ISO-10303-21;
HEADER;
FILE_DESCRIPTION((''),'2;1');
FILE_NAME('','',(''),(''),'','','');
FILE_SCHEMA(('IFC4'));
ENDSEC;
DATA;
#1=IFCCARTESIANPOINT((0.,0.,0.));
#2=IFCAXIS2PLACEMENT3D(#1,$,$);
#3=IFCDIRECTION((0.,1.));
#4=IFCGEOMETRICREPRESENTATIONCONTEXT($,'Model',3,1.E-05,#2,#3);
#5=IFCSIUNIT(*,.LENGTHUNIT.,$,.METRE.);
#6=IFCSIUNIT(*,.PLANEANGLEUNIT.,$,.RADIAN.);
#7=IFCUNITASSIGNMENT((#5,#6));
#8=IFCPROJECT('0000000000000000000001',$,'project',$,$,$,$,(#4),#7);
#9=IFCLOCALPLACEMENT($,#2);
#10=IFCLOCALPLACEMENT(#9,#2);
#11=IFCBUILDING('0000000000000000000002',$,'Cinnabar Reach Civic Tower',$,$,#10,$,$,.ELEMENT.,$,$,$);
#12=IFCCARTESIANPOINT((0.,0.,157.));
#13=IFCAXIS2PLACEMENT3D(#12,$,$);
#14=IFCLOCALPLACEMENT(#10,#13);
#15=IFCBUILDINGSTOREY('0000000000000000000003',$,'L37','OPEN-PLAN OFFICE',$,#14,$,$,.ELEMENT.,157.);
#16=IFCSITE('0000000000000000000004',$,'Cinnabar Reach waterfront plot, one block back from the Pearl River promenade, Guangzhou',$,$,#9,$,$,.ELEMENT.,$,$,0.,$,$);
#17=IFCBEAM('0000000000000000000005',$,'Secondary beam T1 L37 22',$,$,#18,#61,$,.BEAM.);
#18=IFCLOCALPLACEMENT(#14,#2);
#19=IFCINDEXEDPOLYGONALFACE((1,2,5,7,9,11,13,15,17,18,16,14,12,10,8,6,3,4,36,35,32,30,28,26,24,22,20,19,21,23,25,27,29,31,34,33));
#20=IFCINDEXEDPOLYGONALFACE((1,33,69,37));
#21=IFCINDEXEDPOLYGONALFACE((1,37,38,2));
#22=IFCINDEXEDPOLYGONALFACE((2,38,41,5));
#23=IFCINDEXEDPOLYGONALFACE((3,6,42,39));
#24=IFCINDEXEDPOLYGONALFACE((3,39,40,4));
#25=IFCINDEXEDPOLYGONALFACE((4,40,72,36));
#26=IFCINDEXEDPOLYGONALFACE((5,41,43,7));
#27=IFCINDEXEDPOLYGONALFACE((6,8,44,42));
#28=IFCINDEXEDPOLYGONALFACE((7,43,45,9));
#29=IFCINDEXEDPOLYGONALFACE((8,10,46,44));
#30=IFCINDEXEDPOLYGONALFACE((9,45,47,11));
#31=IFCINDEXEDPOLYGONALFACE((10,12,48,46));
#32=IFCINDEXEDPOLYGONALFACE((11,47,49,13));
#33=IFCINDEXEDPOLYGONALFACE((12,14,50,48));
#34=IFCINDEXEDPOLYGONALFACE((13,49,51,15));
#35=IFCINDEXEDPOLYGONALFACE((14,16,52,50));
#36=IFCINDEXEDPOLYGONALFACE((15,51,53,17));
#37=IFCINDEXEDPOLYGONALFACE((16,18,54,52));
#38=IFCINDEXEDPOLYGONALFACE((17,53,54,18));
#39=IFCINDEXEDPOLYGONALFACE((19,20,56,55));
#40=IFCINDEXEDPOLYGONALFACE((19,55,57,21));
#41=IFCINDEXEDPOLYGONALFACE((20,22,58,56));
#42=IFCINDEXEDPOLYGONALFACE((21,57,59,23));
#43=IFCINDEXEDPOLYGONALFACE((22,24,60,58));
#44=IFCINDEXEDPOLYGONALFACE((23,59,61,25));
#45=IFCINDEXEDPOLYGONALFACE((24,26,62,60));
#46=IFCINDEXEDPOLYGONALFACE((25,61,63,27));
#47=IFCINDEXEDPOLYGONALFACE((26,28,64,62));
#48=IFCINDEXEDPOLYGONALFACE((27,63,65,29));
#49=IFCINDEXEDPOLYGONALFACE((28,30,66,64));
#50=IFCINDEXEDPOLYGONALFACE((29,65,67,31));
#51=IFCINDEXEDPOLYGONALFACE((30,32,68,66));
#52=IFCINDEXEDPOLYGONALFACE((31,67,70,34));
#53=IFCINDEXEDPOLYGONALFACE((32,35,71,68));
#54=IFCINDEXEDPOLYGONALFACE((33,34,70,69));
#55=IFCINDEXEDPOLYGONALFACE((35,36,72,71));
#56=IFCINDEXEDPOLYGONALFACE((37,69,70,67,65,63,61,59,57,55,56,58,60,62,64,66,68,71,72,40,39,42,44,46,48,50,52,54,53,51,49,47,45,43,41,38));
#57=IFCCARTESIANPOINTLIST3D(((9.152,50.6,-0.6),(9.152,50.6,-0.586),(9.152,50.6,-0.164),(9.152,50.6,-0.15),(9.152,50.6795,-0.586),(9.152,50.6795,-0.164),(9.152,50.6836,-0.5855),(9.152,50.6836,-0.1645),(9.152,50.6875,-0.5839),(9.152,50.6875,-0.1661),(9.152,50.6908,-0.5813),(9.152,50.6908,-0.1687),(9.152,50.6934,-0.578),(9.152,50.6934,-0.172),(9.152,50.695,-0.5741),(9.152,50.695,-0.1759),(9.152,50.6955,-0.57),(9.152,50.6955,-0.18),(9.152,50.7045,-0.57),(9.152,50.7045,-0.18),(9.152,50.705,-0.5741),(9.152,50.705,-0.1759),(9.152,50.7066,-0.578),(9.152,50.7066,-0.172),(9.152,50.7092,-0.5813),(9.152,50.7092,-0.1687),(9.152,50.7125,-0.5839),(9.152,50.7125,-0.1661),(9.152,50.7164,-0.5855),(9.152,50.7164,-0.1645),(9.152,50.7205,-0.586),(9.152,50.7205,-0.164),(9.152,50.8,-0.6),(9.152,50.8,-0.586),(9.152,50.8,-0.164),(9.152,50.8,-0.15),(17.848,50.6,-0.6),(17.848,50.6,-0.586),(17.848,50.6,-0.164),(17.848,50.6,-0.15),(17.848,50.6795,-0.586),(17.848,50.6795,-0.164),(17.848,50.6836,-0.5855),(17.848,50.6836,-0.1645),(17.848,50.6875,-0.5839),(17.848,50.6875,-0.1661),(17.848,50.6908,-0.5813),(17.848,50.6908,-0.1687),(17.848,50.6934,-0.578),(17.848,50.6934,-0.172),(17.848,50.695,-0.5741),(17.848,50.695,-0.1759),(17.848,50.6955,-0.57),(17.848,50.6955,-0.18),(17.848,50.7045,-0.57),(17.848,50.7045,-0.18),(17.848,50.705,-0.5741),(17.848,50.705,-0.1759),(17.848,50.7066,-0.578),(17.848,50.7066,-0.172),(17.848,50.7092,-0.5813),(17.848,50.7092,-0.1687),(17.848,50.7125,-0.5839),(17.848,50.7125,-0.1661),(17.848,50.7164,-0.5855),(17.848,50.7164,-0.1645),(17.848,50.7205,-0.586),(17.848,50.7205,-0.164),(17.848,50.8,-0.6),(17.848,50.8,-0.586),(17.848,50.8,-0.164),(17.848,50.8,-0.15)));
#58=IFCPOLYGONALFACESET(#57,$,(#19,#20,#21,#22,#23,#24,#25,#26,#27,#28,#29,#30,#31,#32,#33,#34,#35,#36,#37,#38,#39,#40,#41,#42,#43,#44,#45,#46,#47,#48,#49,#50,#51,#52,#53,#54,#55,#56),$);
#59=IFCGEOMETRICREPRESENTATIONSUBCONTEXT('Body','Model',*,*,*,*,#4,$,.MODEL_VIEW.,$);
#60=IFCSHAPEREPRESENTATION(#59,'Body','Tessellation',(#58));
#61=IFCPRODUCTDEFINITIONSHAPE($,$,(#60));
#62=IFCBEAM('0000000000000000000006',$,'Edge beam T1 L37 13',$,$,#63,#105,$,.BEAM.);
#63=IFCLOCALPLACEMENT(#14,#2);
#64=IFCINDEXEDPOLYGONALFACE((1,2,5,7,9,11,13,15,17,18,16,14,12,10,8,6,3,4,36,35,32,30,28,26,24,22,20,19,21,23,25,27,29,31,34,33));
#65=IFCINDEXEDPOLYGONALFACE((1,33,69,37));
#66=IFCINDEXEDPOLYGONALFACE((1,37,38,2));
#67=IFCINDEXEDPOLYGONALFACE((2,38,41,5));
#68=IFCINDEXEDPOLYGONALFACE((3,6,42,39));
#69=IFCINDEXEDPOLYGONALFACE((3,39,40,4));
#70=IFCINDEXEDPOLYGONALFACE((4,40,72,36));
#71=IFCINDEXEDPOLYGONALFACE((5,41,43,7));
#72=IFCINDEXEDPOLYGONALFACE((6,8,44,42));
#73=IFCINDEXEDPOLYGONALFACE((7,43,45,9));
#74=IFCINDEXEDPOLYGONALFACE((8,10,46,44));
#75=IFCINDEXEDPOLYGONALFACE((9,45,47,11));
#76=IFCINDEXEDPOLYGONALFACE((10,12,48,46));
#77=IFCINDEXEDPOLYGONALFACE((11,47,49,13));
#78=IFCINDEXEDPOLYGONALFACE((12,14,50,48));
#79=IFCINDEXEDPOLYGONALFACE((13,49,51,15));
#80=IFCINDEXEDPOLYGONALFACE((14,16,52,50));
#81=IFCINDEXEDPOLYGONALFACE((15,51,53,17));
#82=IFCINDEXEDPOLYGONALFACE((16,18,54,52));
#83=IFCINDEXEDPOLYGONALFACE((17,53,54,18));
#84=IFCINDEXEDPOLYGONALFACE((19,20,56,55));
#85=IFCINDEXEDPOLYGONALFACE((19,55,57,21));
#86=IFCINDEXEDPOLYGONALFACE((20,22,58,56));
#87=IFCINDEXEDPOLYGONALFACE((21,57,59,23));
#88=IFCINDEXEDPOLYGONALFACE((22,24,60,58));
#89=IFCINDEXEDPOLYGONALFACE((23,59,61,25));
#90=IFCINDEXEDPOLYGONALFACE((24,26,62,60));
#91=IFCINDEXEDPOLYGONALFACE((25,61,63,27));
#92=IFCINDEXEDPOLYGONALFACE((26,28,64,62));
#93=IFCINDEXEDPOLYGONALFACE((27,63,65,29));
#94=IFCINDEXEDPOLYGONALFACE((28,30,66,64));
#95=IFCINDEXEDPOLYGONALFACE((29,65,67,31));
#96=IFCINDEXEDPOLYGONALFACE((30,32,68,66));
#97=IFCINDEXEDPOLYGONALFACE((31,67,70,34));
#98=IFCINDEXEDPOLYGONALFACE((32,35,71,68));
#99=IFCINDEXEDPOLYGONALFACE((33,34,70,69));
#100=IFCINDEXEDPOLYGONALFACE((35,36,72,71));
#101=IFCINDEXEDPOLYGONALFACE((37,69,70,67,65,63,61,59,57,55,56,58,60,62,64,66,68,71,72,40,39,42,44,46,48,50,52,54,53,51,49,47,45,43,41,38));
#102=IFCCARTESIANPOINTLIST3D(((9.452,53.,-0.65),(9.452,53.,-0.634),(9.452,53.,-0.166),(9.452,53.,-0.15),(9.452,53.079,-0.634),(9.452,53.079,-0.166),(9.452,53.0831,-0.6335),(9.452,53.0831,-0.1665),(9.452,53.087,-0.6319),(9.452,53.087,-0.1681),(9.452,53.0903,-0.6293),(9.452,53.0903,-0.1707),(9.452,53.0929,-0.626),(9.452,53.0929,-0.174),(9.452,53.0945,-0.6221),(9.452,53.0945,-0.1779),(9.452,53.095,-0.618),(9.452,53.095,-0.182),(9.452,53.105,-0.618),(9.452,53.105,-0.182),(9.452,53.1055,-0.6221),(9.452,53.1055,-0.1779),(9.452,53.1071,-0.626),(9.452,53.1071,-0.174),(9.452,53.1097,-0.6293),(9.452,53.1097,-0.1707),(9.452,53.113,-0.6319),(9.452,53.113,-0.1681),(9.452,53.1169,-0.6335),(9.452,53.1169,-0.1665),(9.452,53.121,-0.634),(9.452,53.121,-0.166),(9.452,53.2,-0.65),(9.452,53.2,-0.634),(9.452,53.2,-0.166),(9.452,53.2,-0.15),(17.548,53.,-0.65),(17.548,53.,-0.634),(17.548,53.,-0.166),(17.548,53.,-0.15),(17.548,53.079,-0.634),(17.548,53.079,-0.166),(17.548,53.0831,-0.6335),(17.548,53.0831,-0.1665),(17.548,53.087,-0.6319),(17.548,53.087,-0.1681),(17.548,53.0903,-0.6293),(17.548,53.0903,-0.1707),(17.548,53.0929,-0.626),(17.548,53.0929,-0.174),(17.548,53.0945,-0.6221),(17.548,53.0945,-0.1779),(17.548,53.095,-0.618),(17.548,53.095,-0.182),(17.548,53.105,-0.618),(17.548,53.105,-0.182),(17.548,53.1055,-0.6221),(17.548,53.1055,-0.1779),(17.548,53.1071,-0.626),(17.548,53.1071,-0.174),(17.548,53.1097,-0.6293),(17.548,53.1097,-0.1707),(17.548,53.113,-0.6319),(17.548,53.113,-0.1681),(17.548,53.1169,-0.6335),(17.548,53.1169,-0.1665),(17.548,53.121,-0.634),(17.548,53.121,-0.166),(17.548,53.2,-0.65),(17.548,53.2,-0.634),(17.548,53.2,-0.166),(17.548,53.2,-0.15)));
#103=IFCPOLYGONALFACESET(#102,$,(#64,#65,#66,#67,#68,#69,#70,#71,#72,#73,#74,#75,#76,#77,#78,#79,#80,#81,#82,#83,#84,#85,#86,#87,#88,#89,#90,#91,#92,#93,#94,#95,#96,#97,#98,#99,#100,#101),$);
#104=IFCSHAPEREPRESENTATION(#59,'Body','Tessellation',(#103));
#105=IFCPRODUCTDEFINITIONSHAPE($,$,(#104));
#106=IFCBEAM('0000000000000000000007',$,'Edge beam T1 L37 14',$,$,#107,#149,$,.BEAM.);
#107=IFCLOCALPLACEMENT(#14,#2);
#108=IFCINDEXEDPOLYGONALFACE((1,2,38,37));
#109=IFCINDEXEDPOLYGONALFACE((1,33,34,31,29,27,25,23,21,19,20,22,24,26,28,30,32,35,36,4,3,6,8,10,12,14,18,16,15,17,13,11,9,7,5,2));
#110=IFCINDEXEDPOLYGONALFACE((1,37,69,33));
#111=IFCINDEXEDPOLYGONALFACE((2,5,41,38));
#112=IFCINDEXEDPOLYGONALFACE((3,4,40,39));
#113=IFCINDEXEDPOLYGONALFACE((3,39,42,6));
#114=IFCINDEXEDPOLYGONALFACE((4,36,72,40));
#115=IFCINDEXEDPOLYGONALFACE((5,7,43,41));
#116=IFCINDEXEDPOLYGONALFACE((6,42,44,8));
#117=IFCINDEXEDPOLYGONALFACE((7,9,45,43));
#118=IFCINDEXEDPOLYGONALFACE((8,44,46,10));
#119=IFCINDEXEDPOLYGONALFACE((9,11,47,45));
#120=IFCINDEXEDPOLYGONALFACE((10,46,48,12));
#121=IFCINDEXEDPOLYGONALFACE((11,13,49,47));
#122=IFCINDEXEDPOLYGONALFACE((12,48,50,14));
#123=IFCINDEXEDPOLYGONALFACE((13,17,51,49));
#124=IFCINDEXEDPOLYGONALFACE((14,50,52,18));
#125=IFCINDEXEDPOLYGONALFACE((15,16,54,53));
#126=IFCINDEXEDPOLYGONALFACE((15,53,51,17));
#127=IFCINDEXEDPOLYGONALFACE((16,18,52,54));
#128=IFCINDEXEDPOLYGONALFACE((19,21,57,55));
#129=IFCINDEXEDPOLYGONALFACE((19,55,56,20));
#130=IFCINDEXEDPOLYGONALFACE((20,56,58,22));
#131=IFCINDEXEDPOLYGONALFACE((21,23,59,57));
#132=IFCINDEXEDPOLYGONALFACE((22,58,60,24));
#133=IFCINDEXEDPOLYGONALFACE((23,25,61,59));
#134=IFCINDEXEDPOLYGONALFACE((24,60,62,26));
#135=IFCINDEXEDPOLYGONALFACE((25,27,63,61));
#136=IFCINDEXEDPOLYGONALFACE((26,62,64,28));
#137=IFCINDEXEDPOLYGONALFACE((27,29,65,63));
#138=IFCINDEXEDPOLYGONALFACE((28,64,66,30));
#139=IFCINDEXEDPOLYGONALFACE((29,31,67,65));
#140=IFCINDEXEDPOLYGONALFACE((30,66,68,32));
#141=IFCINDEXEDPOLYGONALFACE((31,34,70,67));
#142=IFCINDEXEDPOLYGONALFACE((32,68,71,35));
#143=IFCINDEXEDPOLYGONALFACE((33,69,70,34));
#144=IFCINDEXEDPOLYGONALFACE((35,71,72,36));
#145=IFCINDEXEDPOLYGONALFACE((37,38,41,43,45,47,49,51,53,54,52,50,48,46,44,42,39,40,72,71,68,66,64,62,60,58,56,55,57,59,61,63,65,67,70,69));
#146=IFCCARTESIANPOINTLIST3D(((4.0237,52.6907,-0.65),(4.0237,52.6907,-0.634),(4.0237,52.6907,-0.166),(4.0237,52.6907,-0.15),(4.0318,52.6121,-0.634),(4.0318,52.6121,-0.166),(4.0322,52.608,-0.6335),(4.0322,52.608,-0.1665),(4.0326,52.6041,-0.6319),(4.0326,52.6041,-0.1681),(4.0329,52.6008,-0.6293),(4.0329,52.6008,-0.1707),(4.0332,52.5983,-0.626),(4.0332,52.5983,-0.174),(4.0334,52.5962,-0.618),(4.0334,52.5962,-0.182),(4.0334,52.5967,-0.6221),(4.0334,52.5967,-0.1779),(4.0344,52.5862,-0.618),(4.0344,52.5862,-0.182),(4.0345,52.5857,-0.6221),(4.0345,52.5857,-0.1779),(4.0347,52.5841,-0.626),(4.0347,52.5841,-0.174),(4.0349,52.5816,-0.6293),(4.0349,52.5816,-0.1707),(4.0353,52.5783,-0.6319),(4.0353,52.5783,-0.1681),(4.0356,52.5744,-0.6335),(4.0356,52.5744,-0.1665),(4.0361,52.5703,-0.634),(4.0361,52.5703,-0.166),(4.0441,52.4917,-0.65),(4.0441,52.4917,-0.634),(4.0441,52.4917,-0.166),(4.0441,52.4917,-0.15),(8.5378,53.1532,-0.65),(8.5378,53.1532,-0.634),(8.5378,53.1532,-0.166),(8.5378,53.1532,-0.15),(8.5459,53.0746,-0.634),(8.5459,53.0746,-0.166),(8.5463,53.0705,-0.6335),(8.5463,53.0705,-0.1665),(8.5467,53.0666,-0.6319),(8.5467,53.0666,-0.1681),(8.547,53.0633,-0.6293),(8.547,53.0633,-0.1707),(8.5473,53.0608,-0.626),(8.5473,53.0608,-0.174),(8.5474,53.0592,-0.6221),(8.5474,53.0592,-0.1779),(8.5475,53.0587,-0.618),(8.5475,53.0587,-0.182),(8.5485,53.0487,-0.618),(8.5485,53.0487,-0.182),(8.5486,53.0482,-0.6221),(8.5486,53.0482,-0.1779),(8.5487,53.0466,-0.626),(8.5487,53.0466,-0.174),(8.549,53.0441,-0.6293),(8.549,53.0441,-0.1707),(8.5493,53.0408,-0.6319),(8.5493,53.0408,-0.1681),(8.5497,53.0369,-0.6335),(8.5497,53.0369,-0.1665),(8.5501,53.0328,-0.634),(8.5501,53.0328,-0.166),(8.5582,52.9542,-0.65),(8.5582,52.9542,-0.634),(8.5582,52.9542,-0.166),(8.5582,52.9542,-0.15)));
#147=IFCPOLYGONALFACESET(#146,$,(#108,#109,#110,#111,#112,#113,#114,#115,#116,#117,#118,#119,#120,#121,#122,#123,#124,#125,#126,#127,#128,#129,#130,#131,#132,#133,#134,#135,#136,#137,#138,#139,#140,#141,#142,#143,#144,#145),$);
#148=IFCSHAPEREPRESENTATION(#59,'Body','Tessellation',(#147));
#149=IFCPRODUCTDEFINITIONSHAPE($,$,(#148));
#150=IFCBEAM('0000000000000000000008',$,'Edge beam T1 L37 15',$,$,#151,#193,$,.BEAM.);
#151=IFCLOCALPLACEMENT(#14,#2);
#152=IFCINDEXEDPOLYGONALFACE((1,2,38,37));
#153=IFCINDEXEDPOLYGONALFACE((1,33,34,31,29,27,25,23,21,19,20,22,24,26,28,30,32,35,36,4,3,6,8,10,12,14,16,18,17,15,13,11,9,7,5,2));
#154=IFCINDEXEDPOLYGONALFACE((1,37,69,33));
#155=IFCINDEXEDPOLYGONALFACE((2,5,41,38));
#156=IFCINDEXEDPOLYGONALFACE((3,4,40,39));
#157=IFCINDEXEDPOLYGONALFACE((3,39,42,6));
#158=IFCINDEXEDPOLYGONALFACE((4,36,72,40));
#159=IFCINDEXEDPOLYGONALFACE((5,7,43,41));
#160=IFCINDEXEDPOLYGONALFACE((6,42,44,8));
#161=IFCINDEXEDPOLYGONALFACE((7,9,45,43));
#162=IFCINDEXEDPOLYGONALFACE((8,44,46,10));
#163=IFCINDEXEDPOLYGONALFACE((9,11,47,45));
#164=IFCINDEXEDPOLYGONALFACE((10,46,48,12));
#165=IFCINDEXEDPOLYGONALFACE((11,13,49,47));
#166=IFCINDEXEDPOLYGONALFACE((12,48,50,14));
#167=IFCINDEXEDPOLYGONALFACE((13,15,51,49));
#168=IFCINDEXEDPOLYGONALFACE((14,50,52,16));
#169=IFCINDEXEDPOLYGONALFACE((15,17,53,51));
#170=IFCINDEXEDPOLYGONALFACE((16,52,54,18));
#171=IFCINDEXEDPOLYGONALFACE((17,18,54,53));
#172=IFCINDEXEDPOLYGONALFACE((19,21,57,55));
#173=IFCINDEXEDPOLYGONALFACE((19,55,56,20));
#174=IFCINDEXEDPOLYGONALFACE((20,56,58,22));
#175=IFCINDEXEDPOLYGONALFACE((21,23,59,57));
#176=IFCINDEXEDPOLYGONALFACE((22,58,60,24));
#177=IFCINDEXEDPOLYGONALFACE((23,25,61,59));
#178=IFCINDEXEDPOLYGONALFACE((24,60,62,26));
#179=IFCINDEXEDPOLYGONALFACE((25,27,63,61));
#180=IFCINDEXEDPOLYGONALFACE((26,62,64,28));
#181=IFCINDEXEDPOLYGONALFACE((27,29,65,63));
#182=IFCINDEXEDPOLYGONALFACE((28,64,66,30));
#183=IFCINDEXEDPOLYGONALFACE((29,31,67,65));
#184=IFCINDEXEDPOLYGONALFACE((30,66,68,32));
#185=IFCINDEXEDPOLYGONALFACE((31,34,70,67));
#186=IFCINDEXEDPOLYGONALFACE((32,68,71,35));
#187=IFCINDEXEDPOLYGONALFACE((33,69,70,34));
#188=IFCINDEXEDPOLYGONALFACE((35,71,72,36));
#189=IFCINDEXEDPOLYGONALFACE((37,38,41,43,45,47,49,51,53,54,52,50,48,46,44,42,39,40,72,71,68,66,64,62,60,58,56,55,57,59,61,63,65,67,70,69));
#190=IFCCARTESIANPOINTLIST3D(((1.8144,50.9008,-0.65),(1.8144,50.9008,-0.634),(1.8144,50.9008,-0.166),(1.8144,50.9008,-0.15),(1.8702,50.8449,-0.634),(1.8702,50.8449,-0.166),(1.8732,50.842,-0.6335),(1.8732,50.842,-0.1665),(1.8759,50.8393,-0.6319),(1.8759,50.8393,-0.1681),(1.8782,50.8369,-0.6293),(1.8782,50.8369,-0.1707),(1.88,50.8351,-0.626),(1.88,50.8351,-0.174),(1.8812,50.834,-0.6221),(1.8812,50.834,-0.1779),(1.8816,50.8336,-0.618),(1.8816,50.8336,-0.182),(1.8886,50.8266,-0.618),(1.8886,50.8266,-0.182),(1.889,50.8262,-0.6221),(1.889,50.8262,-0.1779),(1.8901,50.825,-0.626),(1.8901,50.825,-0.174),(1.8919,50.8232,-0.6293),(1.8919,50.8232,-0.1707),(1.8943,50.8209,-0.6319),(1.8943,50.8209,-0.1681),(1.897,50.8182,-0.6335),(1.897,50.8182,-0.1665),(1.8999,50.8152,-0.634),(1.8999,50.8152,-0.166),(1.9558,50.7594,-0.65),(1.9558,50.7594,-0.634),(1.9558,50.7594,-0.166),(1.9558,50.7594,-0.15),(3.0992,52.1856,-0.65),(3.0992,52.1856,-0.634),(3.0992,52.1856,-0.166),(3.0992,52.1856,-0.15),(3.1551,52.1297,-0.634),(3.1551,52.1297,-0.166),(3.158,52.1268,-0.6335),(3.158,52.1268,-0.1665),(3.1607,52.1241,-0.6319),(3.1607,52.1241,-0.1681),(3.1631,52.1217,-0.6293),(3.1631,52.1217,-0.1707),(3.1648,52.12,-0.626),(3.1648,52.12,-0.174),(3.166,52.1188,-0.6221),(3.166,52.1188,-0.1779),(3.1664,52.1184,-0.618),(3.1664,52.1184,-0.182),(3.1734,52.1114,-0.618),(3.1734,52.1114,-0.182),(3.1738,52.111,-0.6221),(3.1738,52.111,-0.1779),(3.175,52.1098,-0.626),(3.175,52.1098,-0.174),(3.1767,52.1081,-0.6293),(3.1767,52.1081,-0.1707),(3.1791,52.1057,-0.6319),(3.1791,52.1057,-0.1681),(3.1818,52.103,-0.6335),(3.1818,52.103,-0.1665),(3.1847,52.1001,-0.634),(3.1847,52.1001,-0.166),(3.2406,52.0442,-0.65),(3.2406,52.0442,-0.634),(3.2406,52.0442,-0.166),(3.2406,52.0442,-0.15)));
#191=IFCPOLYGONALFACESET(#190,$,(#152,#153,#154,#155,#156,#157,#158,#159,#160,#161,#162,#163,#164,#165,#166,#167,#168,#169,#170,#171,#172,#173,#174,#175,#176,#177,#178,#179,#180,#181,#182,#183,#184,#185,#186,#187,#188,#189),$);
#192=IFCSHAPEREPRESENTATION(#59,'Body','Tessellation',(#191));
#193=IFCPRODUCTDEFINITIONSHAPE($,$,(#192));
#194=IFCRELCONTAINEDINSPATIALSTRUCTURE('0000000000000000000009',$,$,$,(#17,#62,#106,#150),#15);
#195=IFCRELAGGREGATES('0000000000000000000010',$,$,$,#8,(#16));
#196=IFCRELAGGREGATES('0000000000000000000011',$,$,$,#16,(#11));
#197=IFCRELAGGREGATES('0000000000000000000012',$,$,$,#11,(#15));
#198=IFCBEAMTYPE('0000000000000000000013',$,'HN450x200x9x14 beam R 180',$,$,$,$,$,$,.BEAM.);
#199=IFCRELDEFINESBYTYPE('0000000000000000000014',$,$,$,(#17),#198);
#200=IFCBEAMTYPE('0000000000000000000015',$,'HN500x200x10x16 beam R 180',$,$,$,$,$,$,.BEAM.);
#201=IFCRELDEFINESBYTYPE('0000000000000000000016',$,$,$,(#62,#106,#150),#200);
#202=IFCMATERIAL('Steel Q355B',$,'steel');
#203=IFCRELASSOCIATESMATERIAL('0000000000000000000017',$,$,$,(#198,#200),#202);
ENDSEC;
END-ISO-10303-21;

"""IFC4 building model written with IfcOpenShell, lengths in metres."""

from ifc_helpers import new_model, si_unit, direction, frame, origin, origin_2d, place, context, subcontext, project, spatial, i_section, extrude, material, material_profile, profile_set, type_object, element, save


model = new_model("IFC4")

# Units and contexts
model_context = context("Model", 3, precision=1e-05, world=origin(), true_north=direction((0.0, 1.0)))
body_context = subcontext(model_context, "Body", "Model", "MODEL_VIEW")
ifc_project = project(units=[si_unit("LENGTHUNIT", "METRE"), si_unit("PLANEANGLEUNIT", "RADIAN")], contexts=[model_context])

# Site, building, storey
site_placement = place(None, origin())
site = spatial("IfcSite", under=ifc_project, at=site_placement, Name="Cinnabar Reach waterfront plot, one block back from the Pearl River promenade, Guangzhou", CompositionType="ELEMENT", RefElevation=0.0)
building_placement = place(site_placement, origin())
building = spatial("IfcBuilding", under=site, at=building_placement, Name="Cinnabar Reach Civic Tower", CompositionType="ELEMENT")
storey_placement = place(building_placement, frame((0.0, 0.0, 157.0)))
storey = spatial("IfcBuildingStorey", under=building, at=storey_placement, Name="L37", Description="OPEN-PLAN OFFICE", CompositionType="ELEMENT", Elevation=157.0)

# Beams
ifc_material_1 = material(Name="Steel Q355B", Category="steel")
ifc_material_profile_1 = material_profile(ifc_material_1, i_section(OverallWidth=0.2, OverallDepth=0.45, WebThickness=0.009, FlangeThickness=0.014, FilletRadius=0.016, at=origin_2d()), Name="HN450x200x9x14")
ifc_profile_set_1 = profile_set([ifc_material_profile_1], Name="Steel Q355B")
beam_type_1 = type_object("IfcBeamType", Name="HN450x200x9x14 beam R 180", PredefinedType="BEAM", material=ifc_profile_set_1)
for number, where, z_axis, x_axis, name in (
    (1, (9.152, 50.7, -0.375), (1.0, 0.0, 0.0), (0.0, 1.0, 0.0), "Secondary beam T1 L37 22"),
):
    element("IfcBeam", number, at=place(storey_placement, frame(where, z_axis=z_axis, x_axis=x_axis)), inside=storey, type_object=beam_type_1, Name=name, PredefinedType="BEAM", context=body_context, shape_type="SweptSolid", body=[
        extrude(i_section(OverallWidth=0.2, OverallDepth=0.45, WebThickness=0.009, FlangeThickness=0.014, FilletRadius=0.016, at=origin_2d()), origin(), (0.0, 0.0, 1.0), 8.696),
    ])
ifc_material_profile_2 = material_profile(ifc_material_1, i_section(OverallWidth=0.2, OverallDepth=0.5, WebThickness=0.01, FlangeThickness=0.016, FilletRadius=0.016, at=origin_2d()), Name="HN500x200x10x16")
ifc_profile_set_2 = profile_set([ifc_material_profile_2], Name="Steel Q355B")
beam_type_2 = type_object("IfcBeamType", Name="HN500x200x10x16 beam R 180", PredefinedType="BEAM", material=ifc_profile_set_2)
beam_1_placement = place(storey_placement, frame((17.548, 53.1, -0.4), z_axis=(-1.0, 0.0, 0.0), x_axis=(0.0, -1.0, 0.0)))
element("IfcBeam", 2, at=beam_1_placement, inside=storey, type_object=beam_type_2, Name="Edge beam T1 L37 13", PredefinedType="BEAM", context=body_context, shape_type="SweptSolid", body=[
    extrude(i_section(OverallWidth=0.2, OverallDepth=0.5, WebThickness=0.01, FlangeThickness=0.016, FilletRadius=0.016, at=origin_2d()), origin(), (0.0, 0.0, 1.0), 8.096),
])
beam_2_placement = place(storey_placement, frame((8.548, 53.0537, -0.4), z_axis=(-0.994792, -0.101923, 0.0), x_axis=(0.101923, -0.994792, 0.0)))
element("IfcBeam", 3, at=beam_2_placement, inside=storey, type_object=beam_type_2, Name="Edge beam T1 L37 14", PredefinedType="BEAM", context=body_context, shape_type="SweptSolid", body=[
    extrude(i_section(OverallWidth=0.2, OverallDepth=0.5, WebThickness=0.01, FlangeThickness=0.016, FilletRadius=0.016, at=origin_2d()), origin(), (0.0, 0.0, 1.0), 4.5377),
])
beam_3_placement = place(storey_placement, frame((3.1699, 52.1149, -0.4), z_axis=(-0.707107, -0.707107, 0.0), x_axis=(0.707107, -0.707107, 0.0)))
element("IfcBeam", 4, at=beam_3_placement, inside=storey, type_object=beam_type_2, Name="Edge beam T1 L37 15", PredefinedType="BEAM", context=body_context, shape_type="SweptSolid", body=[
    extrude(i_section(OverallWidth=0.2, OverallDepth=0.5, WebThickness=0.01, FlangeThickness=0.016, FilletRadius=0.016, at=origin_2d()), origin(), (0.0, 0.0, 1.0), 1.817),
])

save(model, "model.ifc")
